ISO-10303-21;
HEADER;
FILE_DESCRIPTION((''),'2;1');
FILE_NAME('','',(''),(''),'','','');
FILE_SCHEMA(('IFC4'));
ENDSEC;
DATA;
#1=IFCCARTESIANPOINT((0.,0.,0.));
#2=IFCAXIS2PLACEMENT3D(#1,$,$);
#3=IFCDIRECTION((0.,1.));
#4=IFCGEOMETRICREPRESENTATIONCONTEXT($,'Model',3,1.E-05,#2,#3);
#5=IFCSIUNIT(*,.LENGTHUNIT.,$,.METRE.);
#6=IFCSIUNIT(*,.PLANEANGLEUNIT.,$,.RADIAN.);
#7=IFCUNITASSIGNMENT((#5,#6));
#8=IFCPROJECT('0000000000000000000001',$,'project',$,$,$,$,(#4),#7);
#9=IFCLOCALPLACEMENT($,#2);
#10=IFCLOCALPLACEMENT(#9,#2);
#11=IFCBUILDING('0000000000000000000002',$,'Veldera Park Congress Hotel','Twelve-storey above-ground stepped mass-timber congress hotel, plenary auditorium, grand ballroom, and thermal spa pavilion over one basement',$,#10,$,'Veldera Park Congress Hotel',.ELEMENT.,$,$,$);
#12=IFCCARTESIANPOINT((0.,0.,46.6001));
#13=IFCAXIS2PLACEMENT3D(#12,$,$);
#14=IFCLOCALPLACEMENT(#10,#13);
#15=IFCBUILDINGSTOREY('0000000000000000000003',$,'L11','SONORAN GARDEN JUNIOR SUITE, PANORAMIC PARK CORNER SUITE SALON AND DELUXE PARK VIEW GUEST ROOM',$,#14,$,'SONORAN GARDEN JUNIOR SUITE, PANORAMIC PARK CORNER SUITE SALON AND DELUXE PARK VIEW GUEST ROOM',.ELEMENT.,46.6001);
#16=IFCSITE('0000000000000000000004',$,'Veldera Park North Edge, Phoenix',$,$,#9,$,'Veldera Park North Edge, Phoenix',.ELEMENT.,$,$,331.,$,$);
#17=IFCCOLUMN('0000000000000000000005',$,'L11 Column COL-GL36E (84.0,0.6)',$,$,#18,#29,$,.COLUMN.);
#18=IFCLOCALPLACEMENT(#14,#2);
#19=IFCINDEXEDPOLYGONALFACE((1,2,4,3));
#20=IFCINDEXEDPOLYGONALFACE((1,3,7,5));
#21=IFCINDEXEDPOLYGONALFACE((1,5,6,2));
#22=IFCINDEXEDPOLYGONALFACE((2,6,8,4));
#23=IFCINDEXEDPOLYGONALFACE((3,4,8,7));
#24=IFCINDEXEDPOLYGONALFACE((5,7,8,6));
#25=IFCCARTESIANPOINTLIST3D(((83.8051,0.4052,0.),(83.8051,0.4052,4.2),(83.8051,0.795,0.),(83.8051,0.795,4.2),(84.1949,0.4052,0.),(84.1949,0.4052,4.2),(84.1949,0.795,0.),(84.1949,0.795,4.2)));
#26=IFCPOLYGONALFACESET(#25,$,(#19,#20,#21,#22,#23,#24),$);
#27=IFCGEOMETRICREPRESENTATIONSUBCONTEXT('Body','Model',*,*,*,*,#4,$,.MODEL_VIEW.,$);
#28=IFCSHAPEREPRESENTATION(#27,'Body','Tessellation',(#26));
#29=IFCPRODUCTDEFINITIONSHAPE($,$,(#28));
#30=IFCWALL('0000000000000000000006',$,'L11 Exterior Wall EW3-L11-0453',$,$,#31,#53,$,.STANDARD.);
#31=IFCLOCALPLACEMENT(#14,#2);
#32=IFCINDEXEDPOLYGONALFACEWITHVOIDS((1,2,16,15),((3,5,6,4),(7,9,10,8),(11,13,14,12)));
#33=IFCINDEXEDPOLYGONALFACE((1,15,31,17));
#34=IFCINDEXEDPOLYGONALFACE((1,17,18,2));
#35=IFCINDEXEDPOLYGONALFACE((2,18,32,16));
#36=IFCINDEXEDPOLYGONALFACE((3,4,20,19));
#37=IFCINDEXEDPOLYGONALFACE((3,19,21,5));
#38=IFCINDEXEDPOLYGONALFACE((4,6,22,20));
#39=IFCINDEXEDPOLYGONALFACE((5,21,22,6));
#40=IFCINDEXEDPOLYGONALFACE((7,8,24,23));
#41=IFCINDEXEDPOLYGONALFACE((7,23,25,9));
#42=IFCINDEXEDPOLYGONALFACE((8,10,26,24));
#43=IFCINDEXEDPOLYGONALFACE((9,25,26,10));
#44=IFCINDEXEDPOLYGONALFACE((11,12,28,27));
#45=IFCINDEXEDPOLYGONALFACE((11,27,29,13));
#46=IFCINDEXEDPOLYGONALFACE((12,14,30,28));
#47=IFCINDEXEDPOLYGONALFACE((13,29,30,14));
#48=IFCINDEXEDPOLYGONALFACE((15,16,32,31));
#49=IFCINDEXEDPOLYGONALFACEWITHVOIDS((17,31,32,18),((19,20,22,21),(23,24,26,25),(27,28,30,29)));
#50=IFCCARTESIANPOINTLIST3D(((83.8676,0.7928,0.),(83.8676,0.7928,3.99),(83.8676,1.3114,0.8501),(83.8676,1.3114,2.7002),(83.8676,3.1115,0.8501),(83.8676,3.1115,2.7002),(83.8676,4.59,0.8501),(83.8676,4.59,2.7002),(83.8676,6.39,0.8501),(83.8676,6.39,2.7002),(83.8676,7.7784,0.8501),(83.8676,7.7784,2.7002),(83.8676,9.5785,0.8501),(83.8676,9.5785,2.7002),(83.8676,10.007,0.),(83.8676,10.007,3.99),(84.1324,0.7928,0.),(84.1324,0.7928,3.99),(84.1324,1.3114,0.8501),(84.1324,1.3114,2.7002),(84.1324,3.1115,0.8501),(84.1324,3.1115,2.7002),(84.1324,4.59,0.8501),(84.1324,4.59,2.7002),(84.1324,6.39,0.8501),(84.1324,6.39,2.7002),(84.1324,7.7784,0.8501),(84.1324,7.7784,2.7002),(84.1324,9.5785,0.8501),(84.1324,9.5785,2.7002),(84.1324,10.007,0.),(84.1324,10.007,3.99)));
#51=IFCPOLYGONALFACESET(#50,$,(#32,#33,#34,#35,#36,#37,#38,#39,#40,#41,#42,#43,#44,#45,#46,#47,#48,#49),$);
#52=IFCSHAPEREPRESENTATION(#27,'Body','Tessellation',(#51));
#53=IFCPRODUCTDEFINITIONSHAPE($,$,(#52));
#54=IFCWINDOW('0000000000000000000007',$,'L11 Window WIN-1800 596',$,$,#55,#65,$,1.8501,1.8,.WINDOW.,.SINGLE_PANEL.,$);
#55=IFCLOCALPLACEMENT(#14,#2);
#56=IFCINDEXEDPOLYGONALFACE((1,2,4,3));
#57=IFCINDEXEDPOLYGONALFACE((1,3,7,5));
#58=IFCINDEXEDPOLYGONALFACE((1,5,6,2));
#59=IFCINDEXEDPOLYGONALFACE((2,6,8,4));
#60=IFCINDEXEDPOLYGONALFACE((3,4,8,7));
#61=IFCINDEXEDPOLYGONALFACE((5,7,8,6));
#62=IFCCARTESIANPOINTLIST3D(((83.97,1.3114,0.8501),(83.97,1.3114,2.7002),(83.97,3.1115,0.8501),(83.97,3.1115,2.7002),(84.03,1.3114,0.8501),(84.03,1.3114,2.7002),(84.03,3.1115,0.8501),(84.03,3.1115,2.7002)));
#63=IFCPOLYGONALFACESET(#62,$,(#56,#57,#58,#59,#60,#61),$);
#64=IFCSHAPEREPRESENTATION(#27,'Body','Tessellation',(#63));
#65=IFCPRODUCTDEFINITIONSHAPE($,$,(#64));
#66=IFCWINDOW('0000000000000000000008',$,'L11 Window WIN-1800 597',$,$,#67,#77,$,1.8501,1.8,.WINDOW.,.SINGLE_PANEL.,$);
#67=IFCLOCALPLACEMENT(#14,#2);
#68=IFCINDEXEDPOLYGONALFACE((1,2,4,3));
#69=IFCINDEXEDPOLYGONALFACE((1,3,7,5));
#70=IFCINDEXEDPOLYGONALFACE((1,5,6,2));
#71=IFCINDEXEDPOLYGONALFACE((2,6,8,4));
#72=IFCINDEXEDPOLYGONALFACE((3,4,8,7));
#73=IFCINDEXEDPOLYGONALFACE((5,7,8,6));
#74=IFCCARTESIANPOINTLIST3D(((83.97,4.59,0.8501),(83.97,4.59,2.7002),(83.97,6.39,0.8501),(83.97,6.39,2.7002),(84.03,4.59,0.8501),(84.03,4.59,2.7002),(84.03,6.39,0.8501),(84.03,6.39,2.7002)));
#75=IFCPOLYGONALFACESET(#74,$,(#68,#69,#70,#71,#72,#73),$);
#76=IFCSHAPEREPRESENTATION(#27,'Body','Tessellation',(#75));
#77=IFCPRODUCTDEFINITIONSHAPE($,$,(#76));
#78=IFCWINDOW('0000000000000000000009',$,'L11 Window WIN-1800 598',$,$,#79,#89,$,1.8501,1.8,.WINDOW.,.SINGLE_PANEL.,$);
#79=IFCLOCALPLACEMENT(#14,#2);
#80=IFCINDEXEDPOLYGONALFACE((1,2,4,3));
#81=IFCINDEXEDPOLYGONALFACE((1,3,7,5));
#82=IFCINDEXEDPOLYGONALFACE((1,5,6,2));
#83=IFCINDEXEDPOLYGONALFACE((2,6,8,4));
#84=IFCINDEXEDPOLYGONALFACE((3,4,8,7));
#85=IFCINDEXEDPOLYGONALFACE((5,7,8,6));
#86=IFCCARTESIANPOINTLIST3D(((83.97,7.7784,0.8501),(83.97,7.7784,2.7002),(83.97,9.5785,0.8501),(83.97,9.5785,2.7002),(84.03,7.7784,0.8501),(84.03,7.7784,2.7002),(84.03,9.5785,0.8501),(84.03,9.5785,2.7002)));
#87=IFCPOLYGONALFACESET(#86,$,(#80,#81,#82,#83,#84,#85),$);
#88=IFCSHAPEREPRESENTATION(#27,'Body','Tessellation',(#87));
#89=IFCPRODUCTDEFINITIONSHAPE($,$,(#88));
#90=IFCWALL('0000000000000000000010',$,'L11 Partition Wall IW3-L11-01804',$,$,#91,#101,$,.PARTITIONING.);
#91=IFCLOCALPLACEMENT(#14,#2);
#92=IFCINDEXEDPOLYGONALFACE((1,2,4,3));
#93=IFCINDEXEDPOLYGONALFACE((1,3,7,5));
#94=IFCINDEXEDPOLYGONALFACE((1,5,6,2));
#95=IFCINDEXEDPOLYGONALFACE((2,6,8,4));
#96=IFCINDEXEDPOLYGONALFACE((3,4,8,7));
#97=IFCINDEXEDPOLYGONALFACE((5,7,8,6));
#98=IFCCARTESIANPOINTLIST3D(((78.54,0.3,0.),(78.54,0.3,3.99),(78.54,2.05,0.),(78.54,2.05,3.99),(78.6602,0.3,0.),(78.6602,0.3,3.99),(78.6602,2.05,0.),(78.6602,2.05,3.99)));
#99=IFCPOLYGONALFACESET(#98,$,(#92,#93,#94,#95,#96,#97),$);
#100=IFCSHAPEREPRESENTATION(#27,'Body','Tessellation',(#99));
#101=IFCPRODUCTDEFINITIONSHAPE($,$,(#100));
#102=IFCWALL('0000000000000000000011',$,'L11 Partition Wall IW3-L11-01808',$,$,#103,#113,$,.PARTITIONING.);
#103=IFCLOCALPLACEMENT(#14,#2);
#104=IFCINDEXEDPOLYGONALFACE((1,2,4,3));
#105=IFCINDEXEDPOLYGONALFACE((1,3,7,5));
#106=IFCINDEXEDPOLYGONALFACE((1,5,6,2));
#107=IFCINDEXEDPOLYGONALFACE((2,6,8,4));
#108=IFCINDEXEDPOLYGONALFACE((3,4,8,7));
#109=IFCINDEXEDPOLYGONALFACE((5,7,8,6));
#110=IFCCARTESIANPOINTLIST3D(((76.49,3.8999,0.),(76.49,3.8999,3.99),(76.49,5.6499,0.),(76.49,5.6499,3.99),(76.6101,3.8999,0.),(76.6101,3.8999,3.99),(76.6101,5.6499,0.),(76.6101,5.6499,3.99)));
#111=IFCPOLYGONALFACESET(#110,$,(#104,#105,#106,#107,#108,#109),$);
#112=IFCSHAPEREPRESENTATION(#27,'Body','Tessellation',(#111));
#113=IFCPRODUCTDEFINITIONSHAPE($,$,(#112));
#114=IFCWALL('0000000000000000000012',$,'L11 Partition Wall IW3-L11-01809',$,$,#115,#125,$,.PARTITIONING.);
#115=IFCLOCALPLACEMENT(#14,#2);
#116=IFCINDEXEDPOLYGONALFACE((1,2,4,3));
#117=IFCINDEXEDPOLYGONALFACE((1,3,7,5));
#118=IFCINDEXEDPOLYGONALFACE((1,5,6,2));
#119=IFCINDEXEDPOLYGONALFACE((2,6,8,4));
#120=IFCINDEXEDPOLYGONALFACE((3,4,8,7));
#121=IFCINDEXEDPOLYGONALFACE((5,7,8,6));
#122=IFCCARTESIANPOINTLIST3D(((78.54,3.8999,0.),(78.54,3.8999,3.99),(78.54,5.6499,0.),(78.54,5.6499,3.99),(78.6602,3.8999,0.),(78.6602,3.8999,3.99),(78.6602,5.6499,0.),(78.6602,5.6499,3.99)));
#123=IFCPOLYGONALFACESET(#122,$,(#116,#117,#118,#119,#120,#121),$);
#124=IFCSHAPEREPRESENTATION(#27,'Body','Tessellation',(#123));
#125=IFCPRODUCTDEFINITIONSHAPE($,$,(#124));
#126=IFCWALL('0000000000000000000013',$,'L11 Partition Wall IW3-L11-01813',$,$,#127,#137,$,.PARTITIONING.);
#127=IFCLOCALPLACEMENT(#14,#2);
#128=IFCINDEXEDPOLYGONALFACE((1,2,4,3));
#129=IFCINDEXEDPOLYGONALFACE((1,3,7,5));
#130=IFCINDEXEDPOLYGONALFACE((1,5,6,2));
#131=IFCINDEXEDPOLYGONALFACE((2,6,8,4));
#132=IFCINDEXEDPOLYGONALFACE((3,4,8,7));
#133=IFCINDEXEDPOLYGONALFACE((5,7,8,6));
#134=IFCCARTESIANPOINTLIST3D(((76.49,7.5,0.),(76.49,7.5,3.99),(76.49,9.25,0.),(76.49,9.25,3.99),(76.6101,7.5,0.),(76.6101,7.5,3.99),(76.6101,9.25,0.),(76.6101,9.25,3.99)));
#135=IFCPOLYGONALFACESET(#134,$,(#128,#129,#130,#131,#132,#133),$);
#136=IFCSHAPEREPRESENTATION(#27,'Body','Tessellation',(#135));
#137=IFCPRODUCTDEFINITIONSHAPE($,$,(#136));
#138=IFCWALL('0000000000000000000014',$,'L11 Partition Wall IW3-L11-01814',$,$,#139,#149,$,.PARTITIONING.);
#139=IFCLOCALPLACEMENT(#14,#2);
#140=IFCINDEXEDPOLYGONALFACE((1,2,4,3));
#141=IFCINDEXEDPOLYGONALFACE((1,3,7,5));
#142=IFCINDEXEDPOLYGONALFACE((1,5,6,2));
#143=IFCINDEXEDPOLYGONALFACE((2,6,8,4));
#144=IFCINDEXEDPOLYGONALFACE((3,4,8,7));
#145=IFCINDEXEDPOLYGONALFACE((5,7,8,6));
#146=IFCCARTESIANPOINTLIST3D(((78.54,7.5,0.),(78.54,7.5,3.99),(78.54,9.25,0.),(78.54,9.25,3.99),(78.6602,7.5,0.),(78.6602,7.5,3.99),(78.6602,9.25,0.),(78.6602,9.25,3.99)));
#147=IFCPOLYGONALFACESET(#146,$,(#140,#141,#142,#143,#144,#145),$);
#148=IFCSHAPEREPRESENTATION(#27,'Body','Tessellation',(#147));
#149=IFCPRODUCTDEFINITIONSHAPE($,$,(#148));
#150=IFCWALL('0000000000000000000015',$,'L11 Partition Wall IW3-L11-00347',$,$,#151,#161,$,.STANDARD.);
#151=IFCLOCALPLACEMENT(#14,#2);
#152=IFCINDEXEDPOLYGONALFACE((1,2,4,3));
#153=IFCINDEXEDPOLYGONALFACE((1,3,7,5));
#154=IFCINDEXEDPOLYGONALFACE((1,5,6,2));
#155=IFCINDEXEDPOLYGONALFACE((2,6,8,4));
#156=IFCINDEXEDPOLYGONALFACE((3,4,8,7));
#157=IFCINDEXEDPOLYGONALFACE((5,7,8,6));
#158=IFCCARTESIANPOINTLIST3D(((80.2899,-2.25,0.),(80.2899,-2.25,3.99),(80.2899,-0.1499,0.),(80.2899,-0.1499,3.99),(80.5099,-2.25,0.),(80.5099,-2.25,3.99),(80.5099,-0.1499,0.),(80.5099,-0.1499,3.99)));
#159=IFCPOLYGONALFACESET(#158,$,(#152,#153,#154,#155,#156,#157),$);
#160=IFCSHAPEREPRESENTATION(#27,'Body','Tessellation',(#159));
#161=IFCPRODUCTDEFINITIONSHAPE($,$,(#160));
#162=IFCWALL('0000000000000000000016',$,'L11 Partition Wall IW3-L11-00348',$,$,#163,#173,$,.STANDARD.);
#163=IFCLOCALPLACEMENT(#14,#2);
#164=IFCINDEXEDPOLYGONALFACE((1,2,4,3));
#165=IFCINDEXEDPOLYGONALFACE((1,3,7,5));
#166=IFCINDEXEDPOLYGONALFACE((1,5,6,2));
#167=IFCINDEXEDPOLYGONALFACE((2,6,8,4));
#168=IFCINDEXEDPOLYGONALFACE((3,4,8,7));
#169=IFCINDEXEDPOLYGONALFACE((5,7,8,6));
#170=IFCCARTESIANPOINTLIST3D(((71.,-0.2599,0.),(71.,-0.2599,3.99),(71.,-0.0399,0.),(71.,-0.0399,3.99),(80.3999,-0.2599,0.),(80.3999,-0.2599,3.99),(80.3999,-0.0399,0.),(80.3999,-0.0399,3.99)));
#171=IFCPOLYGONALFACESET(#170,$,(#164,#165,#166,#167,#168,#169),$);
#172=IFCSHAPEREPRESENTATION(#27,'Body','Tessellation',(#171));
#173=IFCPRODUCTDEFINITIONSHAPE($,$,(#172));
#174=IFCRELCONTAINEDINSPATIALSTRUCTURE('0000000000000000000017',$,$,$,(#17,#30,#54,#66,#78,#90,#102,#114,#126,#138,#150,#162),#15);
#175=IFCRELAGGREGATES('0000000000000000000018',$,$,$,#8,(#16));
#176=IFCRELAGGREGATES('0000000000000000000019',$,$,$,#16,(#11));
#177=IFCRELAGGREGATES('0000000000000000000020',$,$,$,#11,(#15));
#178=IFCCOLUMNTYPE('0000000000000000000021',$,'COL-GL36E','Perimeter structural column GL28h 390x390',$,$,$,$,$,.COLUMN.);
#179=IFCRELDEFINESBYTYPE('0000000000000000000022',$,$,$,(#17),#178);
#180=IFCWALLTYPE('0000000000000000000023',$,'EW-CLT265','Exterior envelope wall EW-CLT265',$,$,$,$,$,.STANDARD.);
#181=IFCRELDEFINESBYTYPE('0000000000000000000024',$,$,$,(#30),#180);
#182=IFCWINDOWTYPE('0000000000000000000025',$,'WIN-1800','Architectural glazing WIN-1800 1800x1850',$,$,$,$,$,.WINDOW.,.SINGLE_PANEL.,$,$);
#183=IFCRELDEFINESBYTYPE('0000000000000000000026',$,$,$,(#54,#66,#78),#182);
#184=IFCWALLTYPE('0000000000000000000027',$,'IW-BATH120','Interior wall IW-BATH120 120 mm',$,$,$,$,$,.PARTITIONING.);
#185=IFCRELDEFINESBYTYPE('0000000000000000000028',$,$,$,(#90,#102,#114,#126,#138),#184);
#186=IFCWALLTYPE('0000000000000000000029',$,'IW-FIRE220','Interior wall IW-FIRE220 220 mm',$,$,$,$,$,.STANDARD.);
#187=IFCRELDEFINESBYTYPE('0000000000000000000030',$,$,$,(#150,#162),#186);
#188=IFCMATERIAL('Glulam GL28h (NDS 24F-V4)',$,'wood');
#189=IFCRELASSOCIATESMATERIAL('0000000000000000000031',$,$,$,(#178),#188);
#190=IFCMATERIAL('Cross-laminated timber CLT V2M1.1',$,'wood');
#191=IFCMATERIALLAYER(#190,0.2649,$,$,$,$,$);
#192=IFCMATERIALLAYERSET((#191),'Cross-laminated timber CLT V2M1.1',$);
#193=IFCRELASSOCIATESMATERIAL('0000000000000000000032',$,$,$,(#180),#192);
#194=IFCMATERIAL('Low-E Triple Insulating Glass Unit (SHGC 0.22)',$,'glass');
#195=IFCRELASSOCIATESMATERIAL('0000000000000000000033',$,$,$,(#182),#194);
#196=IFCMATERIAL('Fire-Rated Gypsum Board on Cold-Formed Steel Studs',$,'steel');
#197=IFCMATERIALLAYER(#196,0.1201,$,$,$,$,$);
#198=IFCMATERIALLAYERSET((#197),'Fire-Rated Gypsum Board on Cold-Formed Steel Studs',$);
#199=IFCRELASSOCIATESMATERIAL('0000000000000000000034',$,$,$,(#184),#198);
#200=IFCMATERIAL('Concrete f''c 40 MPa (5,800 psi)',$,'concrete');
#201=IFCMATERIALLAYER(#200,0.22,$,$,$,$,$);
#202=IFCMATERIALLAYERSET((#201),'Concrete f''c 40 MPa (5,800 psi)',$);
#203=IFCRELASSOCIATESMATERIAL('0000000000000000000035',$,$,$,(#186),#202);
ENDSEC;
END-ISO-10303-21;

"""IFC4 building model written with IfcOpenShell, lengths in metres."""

from ifc_helpers import new_model, si_unit, direction, frame, frame_2d, origin, origin_2d, place, context, subcontext, project, spatial, rectangle, extrude, material, layer, layer_set, material_profile, profile_set, type_object, element, fill, save


model = new_model("IFC4")

# Units and contexts
model_context = context("Model", 3, precision=1e-05, world=origin(), true_north=direction((0.0, 1.0)))
body_context = subcontext(model_context, "Body", "Model", "MODEL_VIEW")
ifc_project = project(units=[si_unit("LENGTHUNIT", "METRE"), si_unit("PLANEANGLEUNIT", "RADIAN")], contexts=[model_context])

# Site, building, storey
site_placement = place(None, origin())
site = spatial("IfcSite", under=ifc_project, at=site_placement, Name="Veldera Park North Edge, Phoenix", LongName="Veldera Park North Edge, Phoenix", CompositionType="ELEMENT", RefElevation=331.0)
building_placement = place(site_placement, origin())
building = spatial("IfcBuilding", under=site, at=building_placement, Name="Veldera Park Congress Hotel", Description="Twelve-storey above-ground stepped mass-timber congress hotel, plenary auditorium, grand ballroom, and thermal spa pavilion over one basement", LongName="Veldera Park Congress Hotel", CompositionType="ELEMENT")
storey_placement = place(building_placement, frame((0.0, 0.0, 46.6001)))
storey = spatial("IfcBuildingStorey", under=building, at=storey_placement, Name="L11", Description="SONORAN GARDEN JUNIOR SUITE, PANORAMIC PARK CORNER SUITE SALON AND DELUXE PARK VIEW GUEST ROOM", LongName="SONORAN GARDEN JUNIOR SUITE, PANORAMIC PARK CORNER SUITE SALON AND DELUXE PARK VIEW GUEST ROOM", CompositionType="ELEMENT", Elevation=46.6001)

# Column
ifc_material_1 = material(Name="Glulam GL28h (NDS 24F-V4)", Category="wood")
ifc_material_profile = material_profile(ifc_material_1, rectangle(XDim=0.3899, YDim=0.3899, at=origin_2d()), Name="GL28h 390x390")
ifc_profile_set = profile_set([ifc_material_profile], Name="Glulam GL28h (NDS 24F-V4)")
column_type = type_object("IfcColumnType", Name="COL-GL36E", Description="Perimeter structural column GL28h 390x390", PredefinedType="COLUMN", material=ifc_profile_set)
column_placement = place(storey_placement, frame((84.0, 0.6001, 0.0), z_axis=(0.0, 0.0, 1.0), x_axis=(1.0, 0.0, 0.0)))
element("IfcColumn", 1, at=column_placement, inside=storey, type_object=column_type, Name="L11 Column COL-GL36E (84.0,0.6)", PredefinedType="COLUMN", context=body_context, shape_type="SweptSolid", body=[
    extrude(rectangle(XDim=0.3899, YDim=0.3899, at=origin_2d()), origin(), (0.0, 0.0, 1.0), 4.2),
])

# Wall, openings, windows
ifc_material_2 = material(Name="Cross-laminated timber CLT V2M1.1", Category="wood")
ifc_layer_1 = layer(ifc_material_2, 0.2649)
ifc_layer_set_1 = layer_set([ifc_layer_1], Name="Cross-laminated timber CLT V2M1.1")
wall_type_1 = type_object("IfcWallType", Name="EW-CLT265", Description="Exterior envelope wall EW-CLT265", PredefinedType="STANDARD", material=ifc_layer_set_1)
wall_1_placement = place(storey_placement, frame((84.0, 0.793, 0.0), z_axis=(0.0, 0.0, 1.0), x_axis=(0.0, 1.0, 0.0)))
wall_1 = element("IfcWall", 2, at=wall_1_placement, inside=storey, type_object=wall_type_1, Name="L11 Exterior Wall EW3-L11-0453", PredefinedType="STANDARD", context=body_context, shape_type="SweptSolid", body=[
    extrude(rectangle(XDim=9.2141, YDim=0.2649, at=frame_2d((4.6069, 0.0))), origin(), (0.0, 0.0, 1.0), 3.99),
])
opening_1_placement = place(wall_1_placement, frame((0.5186, 0.0, 0.8501)))
opening_1 = element("IfcOpeningElement", 3, at=opening_1_placement, cuts=wall_1, PredefinedType="OPENING", context=body_context, shape_type="SweptSolid", body=[
    extrude(rectangle(XDim=1.8, YDim=1.8501, at=frame_2d((0.8999, 0.925))), frame((0.0, 0.1445, 0.0), z_axis=(0.0, -1.0, 0.0), x_axis=(1.0, 0.0, 0.0)), (0.0, 0.0, 1.0), 0.2888),
])
opening_2_placement = place(wall_1_placement, frame((3.7971, 0.0, 0.8501)))
opening_2 = element("IfcOpeningElement", 4, at=opening_2_placement, cuts=wall_1, PredefinedType="OPENING", context=body_context, shape_type="SweptSolid", body=[
    extrude(rectangle(XDim=1.8, YDim=1.8501, at=frame_2d((0.8999, 0.925))), frame((0.0, 0.1445, 0.0), z_axis=(0.0, -1.0, 0.0), x_axis=(1.0, 0.0, 0.0)), (0.0, 0.0, 1.0), 0.2888),
])
opening_3_placement = place(wall_1_placement, frame((6.9856, 0.0, 0.8501)))
opening_3 = element("IfcOpeningElement", 5, at=opening_3_placement, cuts=wall_1, PredefinedType="OPENING", context=body_context, shape_type="SweptSolid", body=[
    extrude(rectangle(XDim=1.8, YDim=1.8501, at=frame_2d((0.8999, 0.925))), frame((0.0, 0.1445, 0.0), z_axis=(0.0, -1.0, 0.0), x_axis=(1.0, 0.0, 0.0)), (0.0, 0.0, 1.0), 0.2888),
])
ifc_material_3 = material(Name="Low-E Triple Insulating Glass Unit (SHGC 0.22)", Category="glass")
window_type = type_object("IfcWindowType", Name="WIN-1800", Description="Architectural glazing WIN-1800 1800x1850", PartitioningType="SINGLE_PANEL", PredefinedType="WINDOW", material=ifc_material_3)
window_1_placement = place(opening_1_placement, origin())
window_1 = element("IfcWindow", 6, at=window_1_placement, inside=storey, type_object=window_type, Name="L11 Window WIN-1800 596", OverallHeight=1.8501, OverallWidth=1.8, PartitioningType="SINGLE_PANEL", PredefinedType="WINDOW", context=body_context, shape_type="SweptSolid", body=[
    extrude(rectangle(XDim=1.8, YDim=1.8501, at=frame_2d((0.8999, 0.925))), frame((0.0, 0.03, 0.0), z_axis=(0.0, -1.0, 0.0), x_axis=(1.0, 0.0, 0.0)), (0.0, 0.0, 1.0), 0.0601),
])
fill(opening_1, window_1)
window_2_placement = place(opening_2_placement, origin())
window_2 = element("IfcWindow", 7, at=window_2_placement, inside=storey, type_object=window_type, Name="L11 Window WIN-1800 597", OverallHeight=1.8501, OverallWidth=1.8, PartitioningType="SINGLE_PANEL", PredefinedType="WINDOW", context=body_context, shape_type="SweptSolid", body=[
    extrude(rectangle(XDim=1.8, YDim=1.8501, at=frame_2d((0.8999, 0.925))), frame((0.0, 0.03, 0.0), z_axis=(0.0, -1.0, 0.0), x_axis=(1.0, 0.0, 0.0)), (0.0, 0.0, 1.0), 0.0601),
])
fill(opening_2, window_2)
window_3_placement = place(opening_3_placement, origin())
window_3 = element("IfcWindow", 8, at=window_3_placement, inside=storey, type_object=window_type, Name="L11 Window WIN-1800 598", OverallHeight=1.8501, OverallWidth=1.8, PartitioningType="SINGLE_PANEL", PredefinedType="WINDOW", context=body_context, shape_type="SweptSolid", body=[
    extrude(rectangle(XDim=1.8, YDim=1.8501, at=frame_2d((0.8999, 0.925))), frame((0.0, 0.03, 0.0), z_axis=(0.0, -1.0, 0.0), x_axis=(1.0, 0.0, 0.0)), (0.0, 0.0, 1.0), 0.0601),
])
fill(opening_3, window_3)

# Wall
ifc_material_4 = material(Name="Fire-Rated Gypsum Board on Cold-Formed Steel Studs", Category="steel")
ifc_layer_2 = layer(ifc_material_4, 0.1201)
ifc_layer_set_2 = layer_set([ifc_layer_2], Name="Fire-Rated Gypsum Board on Cold-Formed Steel Studs")
wall_type_2 = type_object("IfcWallType", Name="IW-BATH120", Description="Interior wall IW-BATH120 120 mm", PredefinedType="PARTITIONING", material=ifc_layer_set_2)
wall_2_placement = place(storey_placement, frame((78.6001, 0.3, 0.0), z_axis=(0.0, 0.0, 1.0), x_axis=(0.0, 1.0, 0.0)))
element("IfcWall", 9, at=wall_2_placement, inside=storey, type_object=wall_type_2, Name="L11 Partition Wall IW3-L11-01804", PredefinedType="PARTITIONING", context=body_context, shape_type="SweptSolid", body=[
    extrude(rectangle(XDim=1.75, YDim=0.1201, at=frame_2d((0.875, 0.0))), origin(), (0.0, 0.0, 1.0), 3.99),
])

# Walls
for number, where, z_axis, x_axis, name in (
    (10, (76.55, 3.8999, 0.0), (0.0, 0.0, 1.0), (0.0, 1.0, 0.0), "L11 Partition Wall IW3-L11-01808"),
    (11, (78.6001, 3.8999, 0.0), (0.0, 0.0, 1.0), (0.0, 1.0, 0.0), "L11 Partition Wall IW3-L11-01809"),
):
    element("IfcWall", number, at=place(storey_placement, frame(where, z_axis=z_axis, x_axis=x_axis)), inside=storey, type_object=wall_type_2, Name=name, PredefinedType="PARTITIONING", context=body_context, shape_type="SweptSolid", body=[
        extrude(rectangle(XDim=1.75, YDim=0.1201, at=frame_2d((0.875, 0.0))), origin(), (0.0, 0.0, 1.0), 3.99),
    ])

# Walls
for number, where, z_axis, x_axis, name in (
    (12, (76.55, 7.5, 0.0), (0.0, 0.0, 1.0), (0.0, 1.0, 0.0), "L11 Partition Wall IW3-L11-01813"),
    (13, (78.6001, 7.5, 0.0), (0.0, 0.0, 1.0), (0.0, 1.0, 0.0), "L11 Partition Wall IW3-L11-01814"),
):
    element("IfcWall", number, at=place(storey_placement, frame(where, z_axis=z_axis, x_axis=x_axis)), inside=storey, type_object=wall_type_2, Name=name, PredefinedType="PARTITIONING", context=body_context, shape_type="SweptSolid", body=[
        extrude(rectangle(XDim=1.75, YDim=0.1201, at=frame_2d((0.875, 0.0))), origin(), (0.0, 0.0, 1.0), 3.99),
    ])
ifc_material_5 = material(Name="Concrete f'c 40 MPa (5,800 psi)", Category="concrete")
ifc_layer_3 = layer(ifc_material_5, 0.22)
ifc_layer_set_3 = layer_set([ifc_layer_3], Name="Concrete f'c 40 MPa (5,800 psi)")
wall_type_3 = type_object("IfcWallType", Name="IW-FIRE220", Description="Interior wall IW-FIRE220 220 mm", PredefinedType="STANDARD", material=ifc_layer_set_3)
wall_3_placement = place(storey_placement, frame((80.3999, -2.25, 0.0), z_axis=(0.0, 0.0, 1.0), x_axis=(0.0, 1.0, 0.0)))
element("IfcWall", 14, at=wall_3_placement, inside=storey, type_object=wall_type_3, Name="L11 Partition Wall IW3-L11-00347", PredefinedType="STANDARD", context=body_context, shape_type="SweptSolid", body=[
    extrude(rectangle(XDim=2.1001, YDim=0.22, at=frame_2d((1.05, 0.0))), origin(), (0.0, 0.0, 1.0), 3.99),
])
wall_4_placement = place(storey_placement, frame((80.3999, -0.1499, 0.0), z_axis=(0.0, 0.0, 1.0), x_axis=(-1.0, 0.0, 0.0)))
element("IfcWall", 15, at=wall_4_placement, inside=storey, type_object=wall_type_3, Name="L11 Partition Wall IW3-L11-00348", PredefinedType="STANDARD", context=body_context, shape_type="SweptSolid", body=[
    extrude(rectangle(XDim=9.3999, YDim=0.22, at=frame_2d((4.7, 0.0))), origin(), (0.0, 0.0, 1.0), 3.99),
])

save(model, "model.ifc")
